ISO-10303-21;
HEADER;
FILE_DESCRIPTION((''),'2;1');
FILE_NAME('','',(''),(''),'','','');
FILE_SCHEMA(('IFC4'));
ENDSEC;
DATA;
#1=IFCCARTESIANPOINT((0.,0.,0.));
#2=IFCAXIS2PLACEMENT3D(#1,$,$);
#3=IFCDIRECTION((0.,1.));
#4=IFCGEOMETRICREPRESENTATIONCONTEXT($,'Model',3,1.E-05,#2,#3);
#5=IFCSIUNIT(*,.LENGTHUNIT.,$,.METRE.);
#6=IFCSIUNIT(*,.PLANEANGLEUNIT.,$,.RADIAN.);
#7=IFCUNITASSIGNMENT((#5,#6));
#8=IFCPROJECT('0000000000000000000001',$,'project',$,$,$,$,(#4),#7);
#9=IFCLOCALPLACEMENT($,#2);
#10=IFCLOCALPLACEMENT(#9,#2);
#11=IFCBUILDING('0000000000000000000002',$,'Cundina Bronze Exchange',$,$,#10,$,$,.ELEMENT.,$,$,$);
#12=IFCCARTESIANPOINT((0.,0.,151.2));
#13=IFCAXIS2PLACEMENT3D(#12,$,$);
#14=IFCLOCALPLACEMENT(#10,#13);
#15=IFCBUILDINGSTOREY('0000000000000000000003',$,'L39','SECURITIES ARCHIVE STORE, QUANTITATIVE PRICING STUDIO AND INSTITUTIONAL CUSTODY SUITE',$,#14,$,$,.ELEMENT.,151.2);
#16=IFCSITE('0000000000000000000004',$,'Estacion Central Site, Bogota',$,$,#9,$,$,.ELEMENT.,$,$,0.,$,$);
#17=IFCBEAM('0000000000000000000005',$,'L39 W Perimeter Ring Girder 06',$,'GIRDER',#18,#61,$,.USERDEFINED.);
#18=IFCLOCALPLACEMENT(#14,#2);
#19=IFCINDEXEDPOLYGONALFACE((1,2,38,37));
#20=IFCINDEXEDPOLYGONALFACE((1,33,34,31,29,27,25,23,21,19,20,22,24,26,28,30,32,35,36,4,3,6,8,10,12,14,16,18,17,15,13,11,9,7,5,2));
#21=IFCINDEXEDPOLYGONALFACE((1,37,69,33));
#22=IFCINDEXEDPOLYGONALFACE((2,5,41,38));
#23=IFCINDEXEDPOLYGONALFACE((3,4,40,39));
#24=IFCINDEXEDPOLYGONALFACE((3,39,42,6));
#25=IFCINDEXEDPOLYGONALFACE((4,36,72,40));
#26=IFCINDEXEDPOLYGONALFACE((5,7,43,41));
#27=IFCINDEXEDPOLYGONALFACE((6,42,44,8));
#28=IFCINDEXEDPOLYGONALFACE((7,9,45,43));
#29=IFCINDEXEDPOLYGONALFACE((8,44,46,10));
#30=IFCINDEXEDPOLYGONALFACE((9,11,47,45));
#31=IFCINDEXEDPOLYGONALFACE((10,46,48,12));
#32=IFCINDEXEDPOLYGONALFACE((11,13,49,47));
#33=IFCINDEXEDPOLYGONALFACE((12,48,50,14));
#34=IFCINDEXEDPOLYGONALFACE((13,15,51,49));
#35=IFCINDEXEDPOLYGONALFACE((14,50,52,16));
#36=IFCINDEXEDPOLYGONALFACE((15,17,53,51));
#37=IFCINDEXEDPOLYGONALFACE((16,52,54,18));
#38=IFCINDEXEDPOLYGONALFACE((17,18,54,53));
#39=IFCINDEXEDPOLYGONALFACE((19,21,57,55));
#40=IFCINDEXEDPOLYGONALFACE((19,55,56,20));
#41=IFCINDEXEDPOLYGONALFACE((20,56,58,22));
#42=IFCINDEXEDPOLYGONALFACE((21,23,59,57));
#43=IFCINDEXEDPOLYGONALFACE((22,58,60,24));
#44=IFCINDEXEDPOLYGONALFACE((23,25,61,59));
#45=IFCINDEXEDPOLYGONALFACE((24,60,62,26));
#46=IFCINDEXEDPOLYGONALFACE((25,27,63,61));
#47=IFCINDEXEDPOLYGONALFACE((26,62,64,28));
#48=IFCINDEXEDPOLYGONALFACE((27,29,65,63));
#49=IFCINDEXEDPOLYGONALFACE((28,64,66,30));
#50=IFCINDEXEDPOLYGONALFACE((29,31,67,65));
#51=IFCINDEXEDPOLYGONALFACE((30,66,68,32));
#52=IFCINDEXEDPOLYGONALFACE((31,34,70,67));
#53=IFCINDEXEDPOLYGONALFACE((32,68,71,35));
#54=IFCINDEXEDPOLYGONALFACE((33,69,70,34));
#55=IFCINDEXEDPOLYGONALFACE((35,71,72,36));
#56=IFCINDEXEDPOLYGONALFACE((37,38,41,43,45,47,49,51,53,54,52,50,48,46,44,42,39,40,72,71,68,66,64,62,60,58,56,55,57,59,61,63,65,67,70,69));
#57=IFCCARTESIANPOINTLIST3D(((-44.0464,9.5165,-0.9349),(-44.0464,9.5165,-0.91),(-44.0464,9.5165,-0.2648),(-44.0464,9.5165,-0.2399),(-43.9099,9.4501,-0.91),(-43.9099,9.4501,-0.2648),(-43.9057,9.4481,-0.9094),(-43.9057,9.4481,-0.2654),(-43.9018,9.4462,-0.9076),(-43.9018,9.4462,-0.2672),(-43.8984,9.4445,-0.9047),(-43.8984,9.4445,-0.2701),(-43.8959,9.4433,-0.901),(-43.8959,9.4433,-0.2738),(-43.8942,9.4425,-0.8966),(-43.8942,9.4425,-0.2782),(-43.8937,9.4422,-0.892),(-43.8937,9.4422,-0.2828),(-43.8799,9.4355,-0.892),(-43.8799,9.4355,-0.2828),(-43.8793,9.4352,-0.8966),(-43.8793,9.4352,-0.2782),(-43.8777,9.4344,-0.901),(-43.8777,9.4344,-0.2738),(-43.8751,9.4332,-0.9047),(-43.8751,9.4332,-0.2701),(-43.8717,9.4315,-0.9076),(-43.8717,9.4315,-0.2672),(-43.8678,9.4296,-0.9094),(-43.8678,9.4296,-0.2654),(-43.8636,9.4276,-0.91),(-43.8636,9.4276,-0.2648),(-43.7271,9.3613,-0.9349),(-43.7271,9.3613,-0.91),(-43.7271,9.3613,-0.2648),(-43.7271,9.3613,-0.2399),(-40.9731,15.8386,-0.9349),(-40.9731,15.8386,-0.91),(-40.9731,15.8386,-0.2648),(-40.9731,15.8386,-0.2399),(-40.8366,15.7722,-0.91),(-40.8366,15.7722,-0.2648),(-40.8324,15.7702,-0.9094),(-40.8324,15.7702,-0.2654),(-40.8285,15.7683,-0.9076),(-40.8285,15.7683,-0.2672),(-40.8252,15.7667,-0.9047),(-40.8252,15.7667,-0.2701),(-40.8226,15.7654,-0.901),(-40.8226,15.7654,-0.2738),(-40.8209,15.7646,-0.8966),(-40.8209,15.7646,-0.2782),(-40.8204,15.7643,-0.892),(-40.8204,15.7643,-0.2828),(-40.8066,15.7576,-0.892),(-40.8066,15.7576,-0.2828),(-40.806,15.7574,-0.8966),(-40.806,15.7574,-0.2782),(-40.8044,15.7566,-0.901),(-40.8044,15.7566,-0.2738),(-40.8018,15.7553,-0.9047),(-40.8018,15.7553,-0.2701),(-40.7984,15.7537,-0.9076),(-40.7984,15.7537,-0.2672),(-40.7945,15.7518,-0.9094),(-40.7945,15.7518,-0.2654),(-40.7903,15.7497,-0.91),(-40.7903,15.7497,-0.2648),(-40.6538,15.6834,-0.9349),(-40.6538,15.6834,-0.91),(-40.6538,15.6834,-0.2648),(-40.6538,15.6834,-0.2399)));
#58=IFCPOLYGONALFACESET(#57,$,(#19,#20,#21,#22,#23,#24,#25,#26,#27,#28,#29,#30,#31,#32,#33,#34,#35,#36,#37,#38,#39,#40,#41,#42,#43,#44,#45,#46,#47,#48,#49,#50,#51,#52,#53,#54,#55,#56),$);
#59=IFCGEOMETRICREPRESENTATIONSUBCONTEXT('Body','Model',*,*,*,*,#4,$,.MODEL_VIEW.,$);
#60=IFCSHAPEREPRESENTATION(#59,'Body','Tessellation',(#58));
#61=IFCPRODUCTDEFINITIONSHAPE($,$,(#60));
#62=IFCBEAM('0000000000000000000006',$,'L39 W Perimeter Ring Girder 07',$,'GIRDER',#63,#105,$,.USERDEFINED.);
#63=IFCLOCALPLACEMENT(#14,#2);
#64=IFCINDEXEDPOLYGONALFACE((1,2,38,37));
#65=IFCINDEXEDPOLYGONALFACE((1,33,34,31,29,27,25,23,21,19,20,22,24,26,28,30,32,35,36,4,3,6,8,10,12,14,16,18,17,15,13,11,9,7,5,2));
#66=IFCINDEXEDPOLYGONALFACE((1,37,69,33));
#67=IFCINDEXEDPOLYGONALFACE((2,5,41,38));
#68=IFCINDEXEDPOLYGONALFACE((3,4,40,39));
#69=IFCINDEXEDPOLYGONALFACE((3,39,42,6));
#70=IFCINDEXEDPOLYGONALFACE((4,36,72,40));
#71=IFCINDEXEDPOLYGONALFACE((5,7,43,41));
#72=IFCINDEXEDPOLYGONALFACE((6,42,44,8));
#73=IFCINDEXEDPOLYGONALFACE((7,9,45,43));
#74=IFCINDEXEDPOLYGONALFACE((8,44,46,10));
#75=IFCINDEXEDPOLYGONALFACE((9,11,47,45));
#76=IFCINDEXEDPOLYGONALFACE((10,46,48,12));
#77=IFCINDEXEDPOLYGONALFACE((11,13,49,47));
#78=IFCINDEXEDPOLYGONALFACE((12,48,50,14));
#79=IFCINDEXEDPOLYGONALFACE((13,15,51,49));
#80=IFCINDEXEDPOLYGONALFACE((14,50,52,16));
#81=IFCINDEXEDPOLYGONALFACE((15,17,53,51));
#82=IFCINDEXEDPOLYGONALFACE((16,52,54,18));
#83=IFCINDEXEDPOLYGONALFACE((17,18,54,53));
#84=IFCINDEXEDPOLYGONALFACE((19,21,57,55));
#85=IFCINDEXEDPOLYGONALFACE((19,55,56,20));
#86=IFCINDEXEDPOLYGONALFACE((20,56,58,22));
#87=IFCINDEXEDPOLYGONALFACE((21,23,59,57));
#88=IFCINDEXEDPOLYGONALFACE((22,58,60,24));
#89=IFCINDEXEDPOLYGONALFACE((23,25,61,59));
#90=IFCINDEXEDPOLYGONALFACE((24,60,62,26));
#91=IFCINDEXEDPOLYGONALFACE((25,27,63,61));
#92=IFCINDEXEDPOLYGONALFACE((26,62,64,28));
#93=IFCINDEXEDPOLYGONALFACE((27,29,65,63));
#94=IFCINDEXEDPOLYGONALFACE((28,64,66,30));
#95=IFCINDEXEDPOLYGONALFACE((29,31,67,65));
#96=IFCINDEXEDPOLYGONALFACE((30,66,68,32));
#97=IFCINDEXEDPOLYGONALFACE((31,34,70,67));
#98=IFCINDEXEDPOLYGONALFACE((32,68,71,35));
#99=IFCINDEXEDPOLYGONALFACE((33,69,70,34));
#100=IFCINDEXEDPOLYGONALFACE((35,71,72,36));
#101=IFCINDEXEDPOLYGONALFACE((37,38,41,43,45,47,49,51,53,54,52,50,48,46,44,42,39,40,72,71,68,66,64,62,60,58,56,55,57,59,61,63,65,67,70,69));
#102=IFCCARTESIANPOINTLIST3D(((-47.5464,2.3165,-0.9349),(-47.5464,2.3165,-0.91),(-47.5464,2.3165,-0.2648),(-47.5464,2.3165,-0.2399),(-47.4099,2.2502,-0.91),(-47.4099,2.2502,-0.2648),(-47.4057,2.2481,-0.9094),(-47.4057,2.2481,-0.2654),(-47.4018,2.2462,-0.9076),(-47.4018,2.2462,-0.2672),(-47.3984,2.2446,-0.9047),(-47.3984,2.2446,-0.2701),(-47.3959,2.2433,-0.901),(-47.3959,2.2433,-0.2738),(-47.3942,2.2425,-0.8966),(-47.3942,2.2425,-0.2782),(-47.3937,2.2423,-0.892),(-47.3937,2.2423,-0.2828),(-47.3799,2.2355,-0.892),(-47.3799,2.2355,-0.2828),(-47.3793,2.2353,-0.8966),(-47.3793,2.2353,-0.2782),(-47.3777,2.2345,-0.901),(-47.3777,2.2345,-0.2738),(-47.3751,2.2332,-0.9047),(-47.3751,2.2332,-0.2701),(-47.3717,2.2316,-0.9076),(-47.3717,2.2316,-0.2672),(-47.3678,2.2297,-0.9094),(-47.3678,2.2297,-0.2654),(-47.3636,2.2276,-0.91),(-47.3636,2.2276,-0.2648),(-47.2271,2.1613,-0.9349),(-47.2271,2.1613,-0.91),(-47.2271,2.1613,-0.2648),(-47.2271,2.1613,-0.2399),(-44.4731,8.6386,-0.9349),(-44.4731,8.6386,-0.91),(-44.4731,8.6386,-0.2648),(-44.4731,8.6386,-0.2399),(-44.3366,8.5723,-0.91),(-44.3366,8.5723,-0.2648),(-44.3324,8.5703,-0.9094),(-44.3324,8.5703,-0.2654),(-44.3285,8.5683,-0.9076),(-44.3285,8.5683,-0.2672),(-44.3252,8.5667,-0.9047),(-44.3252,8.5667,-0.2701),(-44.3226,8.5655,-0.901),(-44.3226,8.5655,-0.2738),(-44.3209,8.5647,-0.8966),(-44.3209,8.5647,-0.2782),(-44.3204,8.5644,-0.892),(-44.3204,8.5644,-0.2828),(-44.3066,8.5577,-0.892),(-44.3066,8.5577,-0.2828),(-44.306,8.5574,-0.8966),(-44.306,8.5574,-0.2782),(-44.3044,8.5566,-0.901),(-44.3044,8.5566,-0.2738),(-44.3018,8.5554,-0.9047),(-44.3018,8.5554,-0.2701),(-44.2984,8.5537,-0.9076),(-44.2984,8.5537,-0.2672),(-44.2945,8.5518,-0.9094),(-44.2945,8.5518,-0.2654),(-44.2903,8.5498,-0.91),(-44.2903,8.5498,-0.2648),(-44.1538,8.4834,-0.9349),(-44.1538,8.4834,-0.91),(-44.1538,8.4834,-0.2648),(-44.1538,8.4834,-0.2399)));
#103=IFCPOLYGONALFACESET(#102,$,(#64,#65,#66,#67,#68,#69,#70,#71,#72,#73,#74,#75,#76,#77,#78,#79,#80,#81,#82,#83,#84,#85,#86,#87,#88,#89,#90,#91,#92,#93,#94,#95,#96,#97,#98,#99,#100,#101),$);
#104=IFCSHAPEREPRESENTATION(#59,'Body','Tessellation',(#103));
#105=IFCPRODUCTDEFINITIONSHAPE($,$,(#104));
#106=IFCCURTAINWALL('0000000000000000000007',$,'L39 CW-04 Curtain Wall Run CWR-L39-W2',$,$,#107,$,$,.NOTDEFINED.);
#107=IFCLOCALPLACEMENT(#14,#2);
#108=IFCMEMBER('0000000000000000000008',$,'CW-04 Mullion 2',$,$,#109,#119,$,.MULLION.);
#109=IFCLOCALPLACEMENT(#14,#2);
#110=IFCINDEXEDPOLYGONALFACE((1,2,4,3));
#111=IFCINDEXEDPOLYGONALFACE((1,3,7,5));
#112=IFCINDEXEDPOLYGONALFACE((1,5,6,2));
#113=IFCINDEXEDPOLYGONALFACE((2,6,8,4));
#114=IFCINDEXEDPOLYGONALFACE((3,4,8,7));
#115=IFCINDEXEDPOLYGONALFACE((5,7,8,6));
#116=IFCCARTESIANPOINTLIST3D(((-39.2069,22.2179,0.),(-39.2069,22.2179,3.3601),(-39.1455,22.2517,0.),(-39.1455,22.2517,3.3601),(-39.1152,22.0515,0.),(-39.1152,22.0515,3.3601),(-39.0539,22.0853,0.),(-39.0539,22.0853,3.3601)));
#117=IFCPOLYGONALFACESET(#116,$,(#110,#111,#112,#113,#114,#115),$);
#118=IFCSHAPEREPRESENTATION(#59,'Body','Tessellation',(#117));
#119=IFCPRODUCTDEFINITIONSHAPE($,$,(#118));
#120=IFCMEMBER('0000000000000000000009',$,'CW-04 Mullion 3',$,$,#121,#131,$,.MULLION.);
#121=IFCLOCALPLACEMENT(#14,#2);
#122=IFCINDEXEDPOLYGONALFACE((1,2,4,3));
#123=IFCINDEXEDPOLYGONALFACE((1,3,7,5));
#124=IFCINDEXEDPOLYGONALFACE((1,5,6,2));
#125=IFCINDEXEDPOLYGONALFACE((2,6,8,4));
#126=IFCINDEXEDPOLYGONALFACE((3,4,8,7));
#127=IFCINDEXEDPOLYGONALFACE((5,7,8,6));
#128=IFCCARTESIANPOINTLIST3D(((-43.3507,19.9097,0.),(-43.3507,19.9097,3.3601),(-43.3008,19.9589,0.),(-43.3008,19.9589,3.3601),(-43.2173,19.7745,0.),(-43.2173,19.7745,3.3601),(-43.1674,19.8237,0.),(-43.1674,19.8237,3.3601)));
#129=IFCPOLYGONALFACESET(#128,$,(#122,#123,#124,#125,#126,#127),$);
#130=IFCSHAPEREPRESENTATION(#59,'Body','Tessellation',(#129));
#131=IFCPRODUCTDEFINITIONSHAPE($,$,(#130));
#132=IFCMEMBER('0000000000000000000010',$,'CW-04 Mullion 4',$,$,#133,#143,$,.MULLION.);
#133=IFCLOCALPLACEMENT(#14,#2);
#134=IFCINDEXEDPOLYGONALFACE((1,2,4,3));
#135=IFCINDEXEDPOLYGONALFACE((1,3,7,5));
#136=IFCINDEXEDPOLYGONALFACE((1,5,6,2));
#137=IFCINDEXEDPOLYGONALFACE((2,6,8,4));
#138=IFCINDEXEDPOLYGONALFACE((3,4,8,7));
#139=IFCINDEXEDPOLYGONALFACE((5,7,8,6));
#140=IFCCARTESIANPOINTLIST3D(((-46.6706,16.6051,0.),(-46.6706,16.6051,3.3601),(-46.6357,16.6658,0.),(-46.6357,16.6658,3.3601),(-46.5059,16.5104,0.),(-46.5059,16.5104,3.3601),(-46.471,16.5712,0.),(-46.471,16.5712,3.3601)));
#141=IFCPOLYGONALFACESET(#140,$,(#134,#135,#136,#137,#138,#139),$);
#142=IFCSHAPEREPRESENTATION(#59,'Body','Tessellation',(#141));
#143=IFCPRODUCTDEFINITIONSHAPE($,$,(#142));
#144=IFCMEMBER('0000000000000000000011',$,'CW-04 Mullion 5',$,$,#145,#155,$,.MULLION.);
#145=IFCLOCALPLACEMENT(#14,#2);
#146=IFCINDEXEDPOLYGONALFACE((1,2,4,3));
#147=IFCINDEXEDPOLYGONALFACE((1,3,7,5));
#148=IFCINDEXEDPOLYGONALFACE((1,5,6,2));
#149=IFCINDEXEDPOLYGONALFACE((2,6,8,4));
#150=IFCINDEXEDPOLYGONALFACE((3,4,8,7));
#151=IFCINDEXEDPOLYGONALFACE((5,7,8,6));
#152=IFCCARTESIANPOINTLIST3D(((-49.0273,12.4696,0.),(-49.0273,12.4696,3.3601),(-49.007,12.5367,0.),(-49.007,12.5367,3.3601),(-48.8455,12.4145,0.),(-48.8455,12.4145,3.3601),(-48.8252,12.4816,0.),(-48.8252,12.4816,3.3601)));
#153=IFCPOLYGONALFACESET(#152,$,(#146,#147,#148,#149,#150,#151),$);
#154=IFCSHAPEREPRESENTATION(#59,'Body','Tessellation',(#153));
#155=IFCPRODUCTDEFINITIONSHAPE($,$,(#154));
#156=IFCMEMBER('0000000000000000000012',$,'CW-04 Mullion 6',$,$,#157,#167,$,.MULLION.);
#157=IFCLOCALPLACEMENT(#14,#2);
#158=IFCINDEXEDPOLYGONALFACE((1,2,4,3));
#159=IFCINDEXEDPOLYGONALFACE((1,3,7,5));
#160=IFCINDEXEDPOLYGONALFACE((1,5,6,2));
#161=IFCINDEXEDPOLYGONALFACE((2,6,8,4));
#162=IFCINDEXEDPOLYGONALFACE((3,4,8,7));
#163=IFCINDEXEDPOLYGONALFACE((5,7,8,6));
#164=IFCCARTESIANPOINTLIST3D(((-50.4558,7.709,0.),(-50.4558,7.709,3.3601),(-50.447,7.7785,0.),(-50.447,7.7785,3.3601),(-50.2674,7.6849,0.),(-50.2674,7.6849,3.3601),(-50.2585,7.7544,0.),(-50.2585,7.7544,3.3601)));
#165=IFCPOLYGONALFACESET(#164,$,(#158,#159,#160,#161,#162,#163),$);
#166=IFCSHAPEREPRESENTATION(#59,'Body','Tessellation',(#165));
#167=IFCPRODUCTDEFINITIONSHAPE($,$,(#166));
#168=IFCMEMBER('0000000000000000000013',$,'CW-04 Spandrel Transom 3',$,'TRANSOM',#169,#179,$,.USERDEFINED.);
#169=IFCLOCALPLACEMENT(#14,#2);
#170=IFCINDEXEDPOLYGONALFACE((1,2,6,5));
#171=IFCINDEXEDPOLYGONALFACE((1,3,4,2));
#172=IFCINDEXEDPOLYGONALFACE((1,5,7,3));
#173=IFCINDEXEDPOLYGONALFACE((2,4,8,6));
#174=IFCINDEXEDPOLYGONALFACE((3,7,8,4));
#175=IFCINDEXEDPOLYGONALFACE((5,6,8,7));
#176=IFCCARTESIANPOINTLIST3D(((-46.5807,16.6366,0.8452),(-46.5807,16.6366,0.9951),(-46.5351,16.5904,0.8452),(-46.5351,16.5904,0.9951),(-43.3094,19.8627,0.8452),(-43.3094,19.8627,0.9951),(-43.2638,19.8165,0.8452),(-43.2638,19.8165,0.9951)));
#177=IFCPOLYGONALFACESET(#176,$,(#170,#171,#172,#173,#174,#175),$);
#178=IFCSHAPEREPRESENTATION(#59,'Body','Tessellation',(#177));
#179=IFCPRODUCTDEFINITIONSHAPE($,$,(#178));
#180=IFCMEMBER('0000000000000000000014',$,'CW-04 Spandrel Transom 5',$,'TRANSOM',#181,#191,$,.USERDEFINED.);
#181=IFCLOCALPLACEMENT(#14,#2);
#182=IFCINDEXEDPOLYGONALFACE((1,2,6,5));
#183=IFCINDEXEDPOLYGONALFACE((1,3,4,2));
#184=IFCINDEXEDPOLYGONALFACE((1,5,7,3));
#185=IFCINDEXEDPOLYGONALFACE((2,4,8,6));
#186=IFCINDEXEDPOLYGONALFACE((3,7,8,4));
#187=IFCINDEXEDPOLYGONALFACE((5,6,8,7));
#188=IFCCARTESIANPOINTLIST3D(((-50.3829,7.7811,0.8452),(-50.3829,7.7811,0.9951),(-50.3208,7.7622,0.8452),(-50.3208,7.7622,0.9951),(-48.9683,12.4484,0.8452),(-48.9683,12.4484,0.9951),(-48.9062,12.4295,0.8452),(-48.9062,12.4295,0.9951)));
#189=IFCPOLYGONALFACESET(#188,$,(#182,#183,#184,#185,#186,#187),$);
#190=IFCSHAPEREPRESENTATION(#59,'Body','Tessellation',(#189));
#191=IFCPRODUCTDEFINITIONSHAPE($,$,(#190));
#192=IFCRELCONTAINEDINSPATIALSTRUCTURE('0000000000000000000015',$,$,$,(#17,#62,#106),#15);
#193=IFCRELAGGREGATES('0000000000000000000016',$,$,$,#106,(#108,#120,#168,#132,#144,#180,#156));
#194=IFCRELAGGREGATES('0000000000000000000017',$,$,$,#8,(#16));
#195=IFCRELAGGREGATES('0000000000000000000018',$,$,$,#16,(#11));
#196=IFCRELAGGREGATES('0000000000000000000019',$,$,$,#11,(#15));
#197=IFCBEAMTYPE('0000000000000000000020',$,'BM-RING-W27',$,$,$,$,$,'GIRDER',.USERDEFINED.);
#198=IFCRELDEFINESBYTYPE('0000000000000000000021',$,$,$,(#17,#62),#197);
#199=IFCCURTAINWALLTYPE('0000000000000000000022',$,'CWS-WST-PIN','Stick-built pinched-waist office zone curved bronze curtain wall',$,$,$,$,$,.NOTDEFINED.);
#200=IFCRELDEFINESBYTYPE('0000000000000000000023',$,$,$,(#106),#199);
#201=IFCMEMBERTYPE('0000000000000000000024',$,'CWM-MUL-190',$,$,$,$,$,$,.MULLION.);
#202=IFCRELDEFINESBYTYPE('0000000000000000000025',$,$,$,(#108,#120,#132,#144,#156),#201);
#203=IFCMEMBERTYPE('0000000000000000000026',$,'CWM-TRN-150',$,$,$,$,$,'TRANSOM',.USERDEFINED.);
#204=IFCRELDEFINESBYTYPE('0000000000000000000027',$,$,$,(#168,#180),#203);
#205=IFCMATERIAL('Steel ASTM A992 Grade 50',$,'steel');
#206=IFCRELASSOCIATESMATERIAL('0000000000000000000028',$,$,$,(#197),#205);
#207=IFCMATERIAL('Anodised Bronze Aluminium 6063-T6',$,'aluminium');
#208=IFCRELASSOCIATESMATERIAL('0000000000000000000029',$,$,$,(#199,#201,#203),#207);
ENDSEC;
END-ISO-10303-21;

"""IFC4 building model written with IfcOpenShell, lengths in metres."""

from ifc_helpers import new_model, si_unit, direction, frame, origin, origin_2d, place, context, subcontext, project, spatial, rectangle, i_section, extrude, material, material_profile, profile_set, type_object, element, aggregate, save


model = new_model("IFC4")

# Units and contexts
model_context = context("Model", 3, precision=1e-05, world=origin(), true_north=direction((0.0, 1.0)))
body_context = subcontext(model_context, "Body", "Model", "MODEL_VIEW")
ifc_project = project(units=[si_unit("LENGTHUNIT", "METRE"), si_unit("PLANEANGLEUNIT", "RADIAN")], contexts=[model_context])

# Site, building, storey
site_placement = place(None, origin())
site = spatial("IfcSite", under=ifc_project, at=site_placement, Name="Estacion Central Site, Bogota", CompositionType="ELEMENT", RefElevation=0.0)
building_placement = place(site_placement, origin())
building = spatial("IfcBuilding", under=site, at=building_placement, Name="Cundina Bronze Exchange", CompositionType="ELEMENT")
storey_placement = place(building_placement, frame((0.0, 0.0, 151.2)))
storey = spatial("IfcBuildingStorey", under=building, at=storey_placement, Name="L39", Description="SECURITIES ARCHIVE STORE, QUANTITATIVE PRICING STUDIO AND INSTITUTIONAL CUSTODY SUITE", CompositionType="ELEMENT", Elevation=151.2)

# Beams
ifc_material_1 = material(Name="Steel ASTM A992 Grade 50", Category="steel")
ifc_material_profile_1 = material_profile(ifc_material_1, i_section(OverallWidth=0.355, OverallDepth=0.6951, WebThickness=0.0154, FlangeThickness=0.0249, FilletRadius=0.0181, at=origin_2d()), Name="W27X146", Category="steel")
ifc_profile_set_1 = profile_set([ifc_material_profile_1], Name="Steel ASTM A992 Grade 50")
beam_type_1 = type_object("IfcBeamType", Name="BM-RING-W27", ElementType="GIRDER", PredefinedType="USERDEFINED", material=ifc_profile_set_1)
for number, where, z_axis, x_axis, name in (
    (1, (-40.8135, 15.761, -0.5874), (-0.437197, -0.899366, 0.0), (0.899366, -0.437197, 0.0), "L39 W Perimeter Ring Girder 06"),
    (2, (-44.3135, 8.561, -0.5874), (-0.437197, -0.899366, 0.0), (0.899366, -0.437197, 0.0), "L39 W Perimeter Ring Girder 07"),
):
    element("IfcBeam", number, at=place(storey_placement, frame(where, z_axis=z_axis, x_axis=x_axis)), inside=storey, type_object=beam_type_1, Name=name, ObjectType="GIRDER", PredefinedType="USERDEFINED", context=body_context, shape_type="SweptSolid", body=[
        extrude(i_section(OverallWidth=0.355, OverallDepth=0.6951, WebThickness=0.0154, FlangeThickness=0.0249, FilletRadius=0.0181, at=origin_2d()), origin(), (0.0, 0.0, 1.0), 7.0295),
    ])

# Curtain wall, members
ifc_material_2 = material(Name="Anodised Bronze Aluminium 6063-T6", Category="aluminium")
curtain_wall_type = type_object("IfcCurtainWallType", Name="CWS-WST-PIN", Description="Stick-built pinched-waist office zone curved bronze curtain wall", PredefinedType="NOTDEFINED", material=ifc_material_2)
curtain_wall_placement = place(storey_placement, origin())
curtain_wall = element("IfcCurtainWall", 3, at=curtain_wall_placement, inside=storey, type_object=curtain_wall_type, Name="L39 CW-04 Curtain Wall Run CWR-L39-W2", PredefinedType="NOTDEFINED")
ifc_material_profile_2 = material_profile(ifc_material_2, rectangle(XDim=0.0701, YDim=0.1899, at=origin_2d()), Name="AL70X190", Category="aluminium")
ifc_profile_set_2 = profile_set([ifc_material_profile_2], Name="Anodised Bronze Aluminium 6063-T6")
member_type_1 = type_object("IfcMemberType", Name="CWM-MUL-190", PredefinedType="MULLION", material=ifc_profile_set_2)
member_1_placement = place(storey_placement, frame((-39.1304, 22.1516, 0.0), z_axis=(0.0, 0.0, 1.0), x_axis=(-0.875886, -0.482518, 0.0)))
member_1 = element("IfcMember", 4, at=member_1_placement, type_object=member_type_1, Name="CW-04 Mullion 2", PredefinedType="MULLION", context=body_context, shape_type="SweptSolid", body=[
    extrude(rectangle(XDim=0.0701, YDim=0.1899, at=origin_2d()), origin(), (0.0, 0.0, 1.0), 3.3601),
])
member_2_placement = place(storey_placement, frame((-43.259, 19.8667, 0.0), z_axis=(0.0, 0.0, 1.0), x_axis=(-0.712026, -0.702153, 0.0)))
member_2 = element("IfcMember", 5, at=member_2_placement, type_object=member_type_1, Name="CW-04 Mullion 3", PredefinedType="MULLION", context=body_context, shape_type="SweptSolid", body=[
    extrude(rectangle(XDim=0.0701, YDim=0.1899, at=origin_2d()), origin(), (0.0, 0.0, 1.0), 3.3601),
])
member_3_placement = place(storey_placement, frame((-46.5708, 16.5881, 0.0), z_axis=(0.0, 0.0, 1.0), x_axis=(-0.498488, -0.866897, 0.0)))
member_3 = element("IfcMember", 6, at=member_3_placement, type_object=member_type_1, Name="CW-04 Mullion 4", PredefinedType="MULLION", context=body_context, shape_type="SweptSolid", body=[
    extrude(rectangle(XDim=0.0701, YDim=0.1899, at=origin_2d()), origin(), (0.0, 0.0, 1.0), 3.3601),
])
member_4_placement = place(storey_placement, frame((-48.9263, 12.4756, 0.0), z_axis=(0.0, 0.0, 1.0), x_axis=(-0.290034, -0.957016, 0.0)))
member_4 = element("IfcMember", 7, at=member_4_placement, type_object=member_type_1, Name="CW-04 Mullion 5", PredefinedType="MULLION", context=body_context, shape_type="SweptSolid", body=[
    extrude(rectangle(XDim=0.0701, YDim=0.1899, at=origin_2d()), origin(), (0.0, 0.0, 1.0), 3.3601),
])
member_5_placement = place(storey_placement, frame((-50.3572, 7.7317, 0.0), z_axis=(0.0, 0.0, 1.0), x_axis=(-0.126545, -0.991961, 0.0)))
member_5 = element("IfcMember", 8, at=member_5_placement, type_object=member_type_1, Name="CW-04 Mullion 6", PredefinedType="MULLION", context=body_context, shape_type="SweptSolid", body=[
    extrude(rectangle(XDim=0.0701, YDim=0.1899, at=origin_2d()), origin(), (0.0, 0.0, 1.0), 3.3601),
])
ifc_material_profile_3 = material_profile(ifc_material_2, rectangle(XDim=0.0649, YDim=0.1499, at=origin_2d()), Name="AL65X150", Category="aluminium")
ifc_profile_set_3 = profile_set([ifc_material_profile_3], Name="Anodised Bronze Aluminium 6063-T6")
member_type_2 = type_object("IfcMemberType", Name="CWM-TRN-150", ElementType="TRANSOM", PredefinedType="USERDEFINED", material=ifc_profile_set_3)
member_6_placement = place(storey_placement, frame((-43.2866, 19.8396, 0.9202), z_axis=(-0.712005, -0.702174, 0.0), x_axis=(0.702174, -0.712005, 0.0)))
member_6 = element("IfcMember", 9, at=member_6_placement, type_object=member_type_2, Name="CW-04 Spandrel Transom 3", ObjectType="TRANSOM", PredefinedType="USERDEFINED", context=body_context, shape_type="SweptSolid", body=[
    extrude(rectangle(XDim=0.0649, YDim=0.1499, at=origin_2d()), origin(), (0.0, 0.0, 1.0), 4.5945),
])
member_7_placement = place(storey_placement, frame((-48.9373, 12.439, 0.9202), z_axis=(-0.290052, -0.957011, 0.0), x_axis=(0.957011, -0.290052, 0.0)))
member_7 = element("IfcMember", 10, at=member_7_placement, type_object=member_type_2, Name="CW-04 Spandrel Transom 5", ObjectType="TRANSOM", PredefinedType="USERDEFINED", context=body_context, shape_type="SweptSolid", body=[
    extrude(rectangle(XDim=0.0649, YDim=0.1499, at=origin_2d()), origin(), (0.0, 0.0, 1.0), 4.877),
])
aggregate(curtain_wall, [member_1, member_2, member_6, member_3, member_4, member_7, member_5])

save(model, "model.ifc")
